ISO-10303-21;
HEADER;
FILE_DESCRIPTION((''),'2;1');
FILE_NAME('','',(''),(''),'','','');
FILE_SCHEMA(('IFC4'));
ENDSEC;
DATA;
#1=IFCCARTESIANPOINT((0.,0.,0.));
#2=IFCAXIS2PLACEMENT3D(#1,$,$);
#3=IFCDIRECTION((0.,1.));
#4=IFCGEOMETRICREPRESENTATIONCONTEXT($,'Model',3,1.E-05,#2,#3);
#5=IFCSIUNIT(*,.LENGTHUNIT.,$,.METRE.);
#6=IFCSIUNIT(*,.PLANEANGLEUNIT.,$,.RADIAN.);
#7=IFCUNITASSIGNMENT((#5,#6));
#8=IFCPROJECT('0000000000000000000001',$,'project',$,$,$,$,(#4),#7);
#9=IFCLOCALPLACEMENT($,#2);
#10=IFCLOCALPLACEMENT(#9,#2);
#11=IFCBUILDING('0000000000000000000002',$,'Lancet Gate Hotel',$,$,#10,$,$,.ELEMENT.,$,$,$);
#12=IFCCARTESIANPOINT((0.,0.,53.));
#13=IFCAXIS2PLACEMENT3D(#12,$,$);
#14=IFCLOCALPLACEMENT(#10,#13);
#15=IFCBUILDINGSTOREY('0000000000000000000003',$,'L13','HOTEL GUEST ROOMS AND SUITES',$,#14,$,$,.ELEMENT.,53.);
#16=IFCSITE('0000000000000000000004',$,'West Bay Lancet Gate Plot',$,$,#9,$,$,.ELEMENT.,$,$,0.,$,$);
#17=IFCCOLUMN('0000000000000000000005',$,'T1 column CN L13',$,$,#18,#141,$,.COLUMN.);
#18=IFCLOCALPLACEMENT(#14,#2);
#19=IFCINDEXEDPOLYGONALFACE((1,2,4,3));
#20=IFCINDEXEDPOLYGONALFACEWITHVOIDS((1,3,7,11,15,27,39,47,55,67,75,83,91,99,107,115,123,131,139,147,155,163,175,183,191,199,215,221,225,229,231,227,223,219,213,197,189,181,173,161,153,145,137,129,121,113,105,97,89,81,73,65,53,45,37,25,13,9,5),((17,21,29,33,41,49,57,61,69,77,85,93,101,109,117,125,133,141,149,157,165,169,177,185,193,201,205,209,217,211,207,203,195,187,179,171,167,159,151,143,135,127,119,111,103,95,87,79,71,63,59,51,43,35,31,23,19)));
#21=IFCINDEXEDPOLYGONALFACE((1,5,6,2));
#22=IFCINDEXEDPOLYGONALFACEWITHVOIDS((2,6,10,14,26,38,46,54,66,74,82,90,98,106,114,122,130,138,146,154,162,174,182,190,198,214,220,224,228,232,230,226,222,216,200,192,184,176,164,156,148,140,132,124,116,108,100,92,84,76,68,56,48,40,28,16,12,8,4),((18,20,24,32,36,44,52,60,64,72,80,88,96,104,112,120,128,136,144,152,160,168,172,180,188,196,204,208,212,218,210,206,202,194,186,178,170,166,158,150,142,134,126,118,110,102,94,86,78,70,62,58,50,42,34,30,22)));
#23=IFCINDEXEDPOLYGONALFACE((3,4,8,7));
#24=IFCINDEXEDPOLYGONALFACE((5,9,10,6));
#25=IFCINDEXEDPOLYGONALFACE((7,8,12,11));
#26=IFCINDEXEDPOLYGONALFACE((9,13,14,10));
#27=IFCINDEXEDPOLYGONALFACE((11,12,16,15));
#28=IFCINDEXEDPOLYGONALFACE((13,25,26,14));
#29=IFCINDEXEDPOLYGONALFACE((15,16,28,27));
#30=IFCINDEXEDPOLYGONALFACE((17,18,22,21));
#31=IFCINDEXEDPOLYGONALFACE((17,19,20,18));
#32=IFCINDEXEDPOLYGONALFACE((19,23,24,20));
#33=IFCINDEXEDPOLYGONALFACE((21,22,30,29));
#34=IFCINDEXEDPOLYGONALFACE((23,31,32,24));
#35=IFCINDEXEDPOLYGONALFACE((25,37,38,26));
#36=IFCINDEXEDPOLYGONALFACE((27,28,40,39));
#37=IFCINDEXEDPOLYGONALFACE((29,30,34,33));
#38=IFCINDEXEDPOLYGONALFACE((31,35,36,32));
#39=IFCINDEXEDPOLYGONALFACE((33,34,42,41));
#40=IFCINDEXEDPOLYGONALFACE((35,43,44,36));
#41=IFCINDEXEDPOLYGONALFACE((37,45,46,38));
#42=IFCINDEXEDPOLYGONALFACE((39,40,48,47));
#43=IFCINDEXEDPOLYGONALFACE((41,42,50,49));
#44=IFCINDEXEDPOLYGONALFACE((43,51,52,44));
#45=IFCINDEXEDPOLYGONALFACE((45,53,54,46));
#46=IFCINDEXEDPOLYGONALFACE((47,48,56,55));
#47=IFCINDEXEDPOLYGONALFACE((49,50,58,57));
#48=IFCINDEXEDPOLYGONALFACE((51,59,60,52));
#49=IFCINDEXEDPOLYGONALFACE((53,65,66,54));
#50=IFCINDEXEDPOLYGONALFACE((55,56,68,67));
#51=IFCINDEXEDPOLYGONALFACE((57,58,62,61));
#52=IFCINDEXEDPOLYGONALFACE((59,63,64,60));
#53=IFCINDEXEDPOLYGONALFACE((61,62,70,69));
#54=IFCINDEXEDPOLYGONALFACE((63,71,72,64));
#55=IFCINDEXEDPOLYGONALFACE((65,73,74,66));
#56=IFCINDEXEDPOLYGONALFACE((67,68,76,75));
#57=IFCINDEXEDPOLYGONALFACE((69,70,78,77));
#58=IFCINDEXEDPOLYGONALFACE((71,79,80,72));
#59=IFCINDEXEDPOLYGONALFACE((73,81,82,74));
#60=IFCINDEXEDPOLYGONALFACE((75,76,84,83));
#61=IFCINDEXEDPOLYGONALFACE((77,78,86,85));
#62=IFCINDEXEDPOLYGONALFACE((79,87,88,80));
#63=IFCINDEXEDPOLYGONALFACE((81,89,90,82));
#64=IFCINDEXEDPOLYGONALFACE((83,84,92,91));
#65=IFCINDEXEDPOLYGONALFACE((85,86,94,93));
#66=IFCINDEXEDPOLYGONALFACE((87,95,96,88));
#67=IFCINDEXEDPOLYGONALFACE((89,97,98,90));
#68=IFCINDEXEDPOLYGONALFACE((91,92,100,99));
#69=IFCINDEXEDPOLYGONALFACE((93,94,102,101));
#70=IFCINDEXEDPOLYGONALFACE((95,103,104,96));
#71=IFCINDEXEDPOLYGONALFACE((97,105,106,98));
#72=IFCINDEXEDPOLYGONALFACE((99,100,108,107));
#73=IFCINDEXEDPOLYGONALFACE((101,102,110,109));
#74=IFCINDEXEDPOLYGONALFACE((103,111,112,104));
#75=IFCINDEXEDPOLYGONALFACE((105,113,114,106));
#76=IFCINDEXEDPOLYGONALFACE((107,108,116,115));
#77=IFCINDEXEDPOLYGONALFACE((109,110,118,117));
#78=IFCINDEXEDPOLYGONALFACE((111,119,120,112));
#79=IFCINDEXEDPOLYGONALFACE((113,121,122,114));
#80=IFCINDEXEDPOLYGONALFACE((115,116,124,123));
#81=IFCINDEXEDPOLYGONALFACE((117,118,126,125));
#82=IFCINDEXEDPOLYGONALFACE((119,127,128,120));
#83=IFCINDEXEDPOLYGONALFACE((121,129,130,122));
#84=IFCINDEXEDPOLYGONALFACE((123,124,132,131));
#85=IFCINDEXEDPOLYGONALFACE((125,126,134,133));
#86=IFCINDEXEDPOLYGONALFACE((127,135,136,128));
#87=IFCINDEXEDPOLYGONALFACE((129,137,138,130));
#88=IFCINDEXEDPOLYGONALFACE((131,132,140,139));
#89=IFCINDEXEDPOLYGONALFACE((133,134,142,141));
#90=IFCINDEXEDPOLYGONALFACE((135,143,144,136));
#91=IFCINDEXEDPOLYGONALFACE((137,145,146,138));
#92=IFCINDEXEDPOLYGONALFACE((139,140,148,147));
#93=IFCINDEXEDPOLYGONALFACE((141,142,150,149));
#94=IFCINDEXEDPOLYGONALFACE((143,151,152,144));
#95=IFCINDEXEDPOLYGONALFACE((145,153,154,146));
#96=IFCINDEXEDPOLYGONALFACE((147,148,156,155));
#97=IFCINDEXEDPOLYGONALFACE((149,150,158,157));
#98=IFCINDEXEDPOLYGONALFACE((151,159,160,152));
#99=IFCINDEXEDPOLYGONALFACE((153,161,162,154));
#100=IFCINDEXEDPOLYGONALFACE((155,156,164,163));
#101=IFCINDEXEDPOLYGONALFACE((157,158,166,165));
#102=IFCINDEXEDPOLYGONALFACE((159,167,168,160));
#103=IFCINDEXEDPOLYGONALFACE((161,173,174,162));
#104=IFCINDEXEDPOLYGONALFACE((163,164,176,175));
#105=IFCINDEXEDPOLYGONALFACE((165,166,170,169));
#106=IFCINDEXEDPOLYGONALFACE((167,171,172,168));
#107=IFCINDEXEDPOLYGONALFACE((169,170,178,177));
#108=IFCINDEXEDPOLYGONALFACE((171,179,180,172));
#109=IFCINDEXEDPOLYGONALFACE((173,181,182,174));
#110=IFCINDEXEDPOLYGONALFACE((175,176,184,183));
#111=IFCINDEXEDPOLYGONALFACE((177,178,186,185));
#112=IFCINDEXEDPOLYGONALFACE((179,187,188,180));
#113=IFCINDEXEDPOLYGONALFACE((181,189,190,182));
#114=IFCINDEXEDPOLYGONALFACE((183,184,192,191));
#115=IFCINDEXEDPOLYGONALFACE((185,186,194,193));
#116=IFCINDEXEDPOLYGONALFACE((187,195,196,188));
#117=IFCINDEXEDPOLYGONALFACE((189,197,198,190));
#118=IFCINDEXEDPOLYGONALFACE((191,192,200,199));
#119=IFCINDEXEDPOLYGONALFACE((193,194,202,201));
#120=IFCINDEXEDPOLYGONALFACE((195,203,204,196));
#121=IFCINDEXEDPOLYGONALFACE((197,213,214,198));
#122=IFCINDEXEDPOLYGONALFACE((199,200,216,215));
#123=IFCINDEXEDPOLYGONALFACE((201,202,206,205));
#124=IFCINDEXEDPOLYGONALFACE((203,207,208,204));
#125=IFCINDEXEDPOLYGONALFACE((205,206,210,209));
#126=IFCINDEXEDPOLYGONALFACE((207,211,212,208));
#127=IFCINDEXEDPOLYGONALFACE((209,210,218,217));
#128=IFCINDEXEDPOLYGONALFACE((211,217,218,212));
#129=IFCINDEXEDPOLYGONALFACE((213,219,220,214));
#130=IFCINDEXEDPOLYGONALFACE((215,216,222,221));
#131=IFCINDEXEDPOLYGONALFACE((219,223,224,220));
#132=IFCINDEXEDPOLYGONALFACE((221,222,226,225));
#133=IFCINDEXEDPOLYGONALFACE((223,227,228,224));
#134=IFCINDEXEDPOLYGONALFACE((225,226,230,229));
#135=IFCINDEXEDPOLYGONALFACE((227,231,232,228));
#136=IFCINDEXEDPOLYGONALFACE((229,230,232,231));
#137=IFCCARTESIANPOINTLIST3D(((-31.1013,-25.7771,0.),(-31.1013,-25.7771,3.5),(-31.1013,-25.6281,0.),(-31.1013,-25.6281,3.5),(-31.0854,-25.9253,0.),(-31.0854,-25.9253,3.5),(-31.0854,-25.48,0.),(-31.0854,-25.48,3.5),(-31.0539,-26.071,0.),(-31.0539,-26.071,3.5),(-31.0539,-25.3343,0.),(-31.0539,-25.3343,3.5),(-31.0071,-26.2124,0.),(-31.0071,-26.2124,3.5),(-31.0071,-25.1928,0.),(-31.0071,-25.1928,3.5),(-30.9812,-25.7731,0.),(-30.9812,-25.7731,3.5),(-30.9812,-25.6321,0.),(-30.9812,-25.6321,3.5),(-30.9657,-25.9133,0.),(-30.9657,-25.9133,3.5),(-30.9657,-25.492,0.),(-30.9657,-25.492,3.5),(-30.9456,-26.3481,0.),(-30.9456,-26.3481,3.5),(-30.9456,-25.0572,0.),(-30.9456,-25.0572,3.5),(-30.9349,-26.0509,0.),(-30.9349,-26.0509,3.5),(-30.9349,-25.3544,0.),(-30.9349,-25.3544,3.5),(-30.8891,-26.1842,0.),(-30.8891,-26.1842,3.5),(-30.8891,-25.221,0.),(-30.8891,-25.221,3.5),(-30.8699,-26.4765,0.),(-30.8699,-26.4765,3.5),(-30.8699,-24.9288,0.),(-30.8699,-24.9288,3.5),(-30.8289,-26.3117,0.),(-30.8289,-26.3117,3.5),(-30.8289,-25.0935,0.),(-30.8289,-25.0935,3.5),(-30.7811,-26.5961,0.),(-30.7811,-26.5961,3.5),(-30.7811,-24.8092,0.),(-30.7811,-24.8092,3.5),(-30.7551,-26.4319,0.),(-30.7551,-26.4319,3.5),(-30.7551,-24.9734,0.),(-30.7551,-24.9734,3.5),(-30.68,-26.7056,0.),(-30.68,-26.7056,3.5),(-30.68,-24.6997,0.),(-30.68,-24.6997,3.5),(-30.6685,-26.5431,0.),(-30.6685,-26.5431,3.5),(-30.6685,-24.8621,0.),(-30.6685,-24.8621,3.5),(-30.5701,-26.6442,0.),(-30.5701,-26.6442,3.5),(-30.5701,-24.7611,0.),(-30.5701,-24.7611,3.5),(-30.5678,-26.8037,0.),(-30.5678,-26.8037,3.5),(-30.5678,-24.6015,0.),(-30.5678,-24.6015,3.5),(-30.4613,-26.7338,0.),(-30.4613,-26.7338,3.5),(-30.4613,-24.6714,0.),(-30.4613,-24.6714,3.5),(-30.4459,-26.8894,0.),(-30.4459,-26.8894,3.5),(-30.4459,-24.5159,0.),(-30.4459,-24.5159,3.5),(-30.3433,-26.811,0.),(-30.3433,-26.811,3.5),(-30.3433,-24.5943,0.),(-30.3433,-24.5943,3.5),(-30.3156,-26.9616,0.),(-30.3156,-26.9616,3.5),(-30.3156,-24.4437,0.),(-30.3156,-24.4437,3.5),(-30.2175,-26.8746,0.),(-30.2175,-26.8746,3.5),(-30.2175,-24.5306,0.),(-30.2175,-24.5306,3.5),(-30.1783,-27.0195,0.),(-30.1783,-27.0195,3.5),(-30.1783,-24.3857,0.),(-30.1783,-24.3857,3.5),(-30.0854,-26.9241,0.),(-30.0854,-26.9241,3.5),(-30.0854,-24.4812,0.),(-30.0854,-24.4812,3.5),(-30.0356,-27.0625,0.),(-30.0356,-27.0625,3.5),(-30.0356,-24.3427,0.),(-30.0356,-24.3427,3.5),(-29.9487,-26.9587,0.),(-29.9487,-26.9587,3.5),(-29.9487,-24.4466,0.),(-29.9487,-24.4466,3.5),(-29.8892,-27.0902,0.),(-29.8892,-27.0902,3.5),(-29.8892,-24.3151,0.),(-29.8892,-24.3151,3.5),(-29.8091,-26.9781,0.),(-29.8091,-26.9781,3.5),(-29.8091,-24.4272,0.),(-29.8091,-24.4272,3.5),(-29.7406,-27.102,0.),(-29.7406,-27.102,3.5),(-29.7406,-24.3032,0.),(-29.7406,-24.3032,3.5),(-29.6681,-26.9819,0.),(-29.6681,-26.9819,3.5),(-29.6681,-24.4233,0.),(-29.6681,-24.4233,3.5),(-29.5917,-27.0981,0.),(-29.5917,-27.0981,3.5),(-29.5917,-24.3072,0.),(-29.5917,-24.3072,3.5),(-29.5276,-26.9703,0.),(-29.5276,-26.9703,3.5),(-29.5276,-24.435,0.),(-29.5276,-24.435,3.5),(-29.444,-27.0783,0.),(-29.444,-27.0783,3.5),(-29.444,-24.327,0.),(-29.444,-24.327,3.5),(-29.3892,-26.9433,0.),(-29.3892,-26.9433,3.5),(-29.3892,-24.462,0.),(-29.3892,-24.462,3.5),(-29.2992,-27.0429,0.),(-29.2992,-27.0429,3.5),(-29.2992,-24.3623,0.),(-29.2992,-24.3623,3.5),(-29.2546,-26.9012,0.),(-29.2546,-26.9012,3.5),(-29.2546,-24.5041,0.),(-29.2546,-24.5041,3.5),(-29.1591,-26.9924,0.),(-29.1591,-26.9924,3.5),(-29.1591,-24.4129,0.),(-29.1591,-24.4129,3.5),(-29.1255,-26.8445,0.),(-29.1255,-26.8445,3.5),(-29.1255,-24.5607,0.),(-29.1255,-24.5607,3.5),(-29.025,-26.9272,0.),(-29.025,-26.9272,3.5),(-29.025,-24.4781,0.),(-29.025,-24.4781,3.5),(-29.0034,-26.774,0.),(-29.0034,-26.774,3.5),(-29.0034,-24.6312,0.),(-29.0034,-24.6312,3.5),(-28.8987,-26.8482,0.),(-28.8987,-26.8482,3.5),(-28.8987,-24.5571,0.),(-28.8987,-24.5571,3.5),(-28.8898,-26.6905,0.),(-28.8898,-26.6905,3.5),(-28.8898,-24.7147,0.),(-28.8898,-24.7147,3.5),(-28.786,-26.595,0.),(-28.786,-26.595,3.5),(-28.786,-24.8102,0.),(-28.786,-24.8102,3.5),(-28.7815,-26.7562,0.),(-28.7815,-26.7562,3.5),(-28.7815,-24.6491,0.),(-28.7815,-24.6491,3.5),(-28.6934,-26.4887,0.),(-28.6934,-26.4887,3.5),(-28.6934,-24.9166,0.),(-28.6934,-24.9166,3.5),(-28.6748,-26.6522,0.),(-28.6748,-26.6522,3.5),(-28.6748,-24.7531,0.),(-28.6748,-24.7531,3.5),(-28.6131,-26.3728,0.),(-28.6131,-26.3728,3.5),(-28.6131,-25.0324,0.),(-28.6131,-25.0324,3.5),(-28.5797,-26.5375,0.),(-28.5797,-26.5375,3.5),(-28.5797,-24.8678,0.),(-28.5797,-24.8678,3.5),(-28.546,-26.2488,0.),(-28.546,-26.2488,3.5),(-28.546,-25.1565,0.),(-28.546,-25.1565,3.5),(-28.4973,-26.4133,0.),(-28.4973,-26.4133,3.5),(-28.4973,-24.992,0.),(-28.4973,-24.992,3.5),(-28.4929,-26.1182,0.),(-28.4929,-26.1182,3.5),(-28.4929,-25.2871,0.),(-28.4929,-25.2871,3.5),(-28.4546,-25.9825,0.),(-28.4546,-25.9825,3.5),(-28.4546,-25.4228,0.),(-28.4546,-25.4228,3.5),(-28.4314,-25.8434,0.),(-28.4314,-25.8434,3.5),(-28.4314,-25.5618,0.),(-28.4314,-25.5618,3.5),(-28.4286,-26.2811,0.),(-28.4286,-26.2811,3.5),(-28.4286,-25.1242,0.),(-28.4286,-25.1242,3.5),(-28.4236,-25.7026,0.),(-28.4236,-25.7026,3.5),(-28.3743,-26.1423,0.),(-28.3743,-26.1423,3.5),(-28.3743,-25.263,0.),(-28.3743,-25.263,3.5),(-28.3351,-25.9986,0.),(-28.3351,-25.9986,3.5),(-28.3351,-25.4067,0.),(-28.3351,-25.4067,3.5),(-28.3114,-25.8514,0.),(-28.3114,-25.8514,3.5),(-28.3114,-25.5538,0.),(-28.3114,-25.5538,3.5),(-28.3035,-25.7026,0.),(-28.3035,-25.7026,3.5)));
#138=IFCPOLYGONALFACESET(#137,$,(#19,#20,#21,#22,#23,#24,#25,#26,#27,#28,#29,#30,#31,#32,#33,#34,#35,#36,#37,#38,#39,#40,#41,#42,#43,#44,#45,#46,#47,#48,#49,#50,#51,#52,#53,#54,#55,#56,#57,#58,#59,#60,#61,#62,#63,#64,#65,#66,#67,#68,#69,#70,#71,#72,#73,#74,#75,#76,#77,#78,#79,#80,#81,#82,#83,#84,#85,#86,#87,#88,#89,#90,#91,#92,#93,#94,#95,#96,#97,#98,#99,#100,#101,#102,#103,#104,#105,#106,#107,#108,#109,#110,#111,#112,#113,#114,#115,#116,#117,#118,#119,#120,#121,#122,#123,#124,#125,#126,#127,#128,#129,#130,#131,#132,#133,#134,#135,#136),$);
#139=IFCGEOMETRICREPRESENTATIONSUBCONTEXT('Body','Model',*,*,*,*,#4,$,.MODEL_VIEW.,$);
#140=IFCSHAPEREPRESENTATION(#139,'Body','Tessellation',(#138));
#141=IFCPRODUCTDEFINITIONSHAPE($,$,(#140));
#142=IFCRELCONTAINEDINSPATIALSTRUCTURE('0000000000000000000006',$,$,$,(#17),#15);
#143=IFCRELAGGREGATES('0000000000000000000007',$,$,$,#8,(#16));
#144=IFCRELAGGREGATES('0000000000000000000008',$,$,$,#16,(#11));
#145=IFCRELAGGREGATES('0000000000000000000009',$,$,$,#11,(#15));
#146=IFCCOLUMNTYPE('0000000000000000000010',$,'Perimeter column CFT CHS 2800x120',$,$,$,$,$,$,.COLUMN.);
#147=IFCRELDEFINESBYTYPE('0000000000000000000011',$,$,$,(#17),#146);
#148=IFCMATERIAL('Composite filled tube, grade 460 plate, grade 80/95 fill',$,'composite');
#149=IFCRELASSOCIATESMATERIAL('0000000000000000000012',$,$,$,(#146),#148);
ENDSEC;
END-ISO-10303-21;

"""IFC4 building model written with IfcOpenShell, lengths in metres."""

from ifc_helpers import new_model, si_unit, direction, frame, origin, origin_2d, place, context, subcontext, project, spatial, hollow_circle, extrude, material, material_profile, profile_set, type_object, element, save


model = new_model("IFC4")

# Units and contexts
model_context = context("Model", 3, precision=1e-05, world=origin(), true_north=direction((0.0, 1.0)))
body_context = subcontext(model_context, "Body", "Model", "MODEL_VIEW")
ifc_project = project(units=[si_unit("LENGTHUNIT", "METRE"), si_unit("PLANEANGLEUNIT", "RADIAN")], contexts=[model_context])

# Site, building, storey
site_placement = place(None, origin())
site = spatial("IfcSite", under=ifc_project, at=site_placement, Name="West Bay Lancet Gate Plot", CompositionType="ELEMENT", RefElevation=0.0)
building_placement = place(site_placement, origin())
building = spatial("IfcBuilding", under=site, at=building_placement, Name="Lancet Gate Hotel", CompositionType="ELEMENT")
storey_placement = place(building_placement, frame((0.0, 0.0, 53.0)))
storey = spatial("IfcBuildingStorey", under=building, at=storey_placement, Name="L13", Description="HOTEL GUEST ROOMS AND SUITES", CompositionType="ELEMENT", Elevation=53.0)

# Column
ifc_material_1 = material(Name="Composite filled tube, grade 460 plate, grade 80/95 fill", Category="composite")
ifc_material_profile_1 = material_profile(ifc_material_1, hollow_circle(Radius=1.3999, WallThickness=0.1201, at=origin_2d()), Name="CHS 2800x120")
ifc_profile_set_1 = profile_set([ifc_material_profile_1], Name="Composite filled tube, grade 460 plate, grade 80/95 fill")
column_type = type_object("IfcColumnType", Name="Perimeter column CFT CHS 2800x120", PredefinedType="COLUMN", material=ifc_profile_set_1)
for number, where, z_axis, x_axis, name in (
    (1, (-29.7034, -25.7026, 0.0), (0.0, 0.0, 1.0), (1.0, 0.0, 0.0), "T1 column CN L13"),
):
    element("IfcColumn", number, at=place(storey_placement, frame(where, z_axis=z_axis, x_axis=x_axis)), inside=storey, type_object=column_type, Name=name, PredefinedType="COLUMN", context=body_context, shape_type="SweptSolid", body=[
        extrude(hollow_circle(Radius=1.3999, WallThickness=0.1201, at=origin_2d()), origin(), (0.0, 0.0, 1.0), 3.5),
    ])

save(model, "model.ifc")
